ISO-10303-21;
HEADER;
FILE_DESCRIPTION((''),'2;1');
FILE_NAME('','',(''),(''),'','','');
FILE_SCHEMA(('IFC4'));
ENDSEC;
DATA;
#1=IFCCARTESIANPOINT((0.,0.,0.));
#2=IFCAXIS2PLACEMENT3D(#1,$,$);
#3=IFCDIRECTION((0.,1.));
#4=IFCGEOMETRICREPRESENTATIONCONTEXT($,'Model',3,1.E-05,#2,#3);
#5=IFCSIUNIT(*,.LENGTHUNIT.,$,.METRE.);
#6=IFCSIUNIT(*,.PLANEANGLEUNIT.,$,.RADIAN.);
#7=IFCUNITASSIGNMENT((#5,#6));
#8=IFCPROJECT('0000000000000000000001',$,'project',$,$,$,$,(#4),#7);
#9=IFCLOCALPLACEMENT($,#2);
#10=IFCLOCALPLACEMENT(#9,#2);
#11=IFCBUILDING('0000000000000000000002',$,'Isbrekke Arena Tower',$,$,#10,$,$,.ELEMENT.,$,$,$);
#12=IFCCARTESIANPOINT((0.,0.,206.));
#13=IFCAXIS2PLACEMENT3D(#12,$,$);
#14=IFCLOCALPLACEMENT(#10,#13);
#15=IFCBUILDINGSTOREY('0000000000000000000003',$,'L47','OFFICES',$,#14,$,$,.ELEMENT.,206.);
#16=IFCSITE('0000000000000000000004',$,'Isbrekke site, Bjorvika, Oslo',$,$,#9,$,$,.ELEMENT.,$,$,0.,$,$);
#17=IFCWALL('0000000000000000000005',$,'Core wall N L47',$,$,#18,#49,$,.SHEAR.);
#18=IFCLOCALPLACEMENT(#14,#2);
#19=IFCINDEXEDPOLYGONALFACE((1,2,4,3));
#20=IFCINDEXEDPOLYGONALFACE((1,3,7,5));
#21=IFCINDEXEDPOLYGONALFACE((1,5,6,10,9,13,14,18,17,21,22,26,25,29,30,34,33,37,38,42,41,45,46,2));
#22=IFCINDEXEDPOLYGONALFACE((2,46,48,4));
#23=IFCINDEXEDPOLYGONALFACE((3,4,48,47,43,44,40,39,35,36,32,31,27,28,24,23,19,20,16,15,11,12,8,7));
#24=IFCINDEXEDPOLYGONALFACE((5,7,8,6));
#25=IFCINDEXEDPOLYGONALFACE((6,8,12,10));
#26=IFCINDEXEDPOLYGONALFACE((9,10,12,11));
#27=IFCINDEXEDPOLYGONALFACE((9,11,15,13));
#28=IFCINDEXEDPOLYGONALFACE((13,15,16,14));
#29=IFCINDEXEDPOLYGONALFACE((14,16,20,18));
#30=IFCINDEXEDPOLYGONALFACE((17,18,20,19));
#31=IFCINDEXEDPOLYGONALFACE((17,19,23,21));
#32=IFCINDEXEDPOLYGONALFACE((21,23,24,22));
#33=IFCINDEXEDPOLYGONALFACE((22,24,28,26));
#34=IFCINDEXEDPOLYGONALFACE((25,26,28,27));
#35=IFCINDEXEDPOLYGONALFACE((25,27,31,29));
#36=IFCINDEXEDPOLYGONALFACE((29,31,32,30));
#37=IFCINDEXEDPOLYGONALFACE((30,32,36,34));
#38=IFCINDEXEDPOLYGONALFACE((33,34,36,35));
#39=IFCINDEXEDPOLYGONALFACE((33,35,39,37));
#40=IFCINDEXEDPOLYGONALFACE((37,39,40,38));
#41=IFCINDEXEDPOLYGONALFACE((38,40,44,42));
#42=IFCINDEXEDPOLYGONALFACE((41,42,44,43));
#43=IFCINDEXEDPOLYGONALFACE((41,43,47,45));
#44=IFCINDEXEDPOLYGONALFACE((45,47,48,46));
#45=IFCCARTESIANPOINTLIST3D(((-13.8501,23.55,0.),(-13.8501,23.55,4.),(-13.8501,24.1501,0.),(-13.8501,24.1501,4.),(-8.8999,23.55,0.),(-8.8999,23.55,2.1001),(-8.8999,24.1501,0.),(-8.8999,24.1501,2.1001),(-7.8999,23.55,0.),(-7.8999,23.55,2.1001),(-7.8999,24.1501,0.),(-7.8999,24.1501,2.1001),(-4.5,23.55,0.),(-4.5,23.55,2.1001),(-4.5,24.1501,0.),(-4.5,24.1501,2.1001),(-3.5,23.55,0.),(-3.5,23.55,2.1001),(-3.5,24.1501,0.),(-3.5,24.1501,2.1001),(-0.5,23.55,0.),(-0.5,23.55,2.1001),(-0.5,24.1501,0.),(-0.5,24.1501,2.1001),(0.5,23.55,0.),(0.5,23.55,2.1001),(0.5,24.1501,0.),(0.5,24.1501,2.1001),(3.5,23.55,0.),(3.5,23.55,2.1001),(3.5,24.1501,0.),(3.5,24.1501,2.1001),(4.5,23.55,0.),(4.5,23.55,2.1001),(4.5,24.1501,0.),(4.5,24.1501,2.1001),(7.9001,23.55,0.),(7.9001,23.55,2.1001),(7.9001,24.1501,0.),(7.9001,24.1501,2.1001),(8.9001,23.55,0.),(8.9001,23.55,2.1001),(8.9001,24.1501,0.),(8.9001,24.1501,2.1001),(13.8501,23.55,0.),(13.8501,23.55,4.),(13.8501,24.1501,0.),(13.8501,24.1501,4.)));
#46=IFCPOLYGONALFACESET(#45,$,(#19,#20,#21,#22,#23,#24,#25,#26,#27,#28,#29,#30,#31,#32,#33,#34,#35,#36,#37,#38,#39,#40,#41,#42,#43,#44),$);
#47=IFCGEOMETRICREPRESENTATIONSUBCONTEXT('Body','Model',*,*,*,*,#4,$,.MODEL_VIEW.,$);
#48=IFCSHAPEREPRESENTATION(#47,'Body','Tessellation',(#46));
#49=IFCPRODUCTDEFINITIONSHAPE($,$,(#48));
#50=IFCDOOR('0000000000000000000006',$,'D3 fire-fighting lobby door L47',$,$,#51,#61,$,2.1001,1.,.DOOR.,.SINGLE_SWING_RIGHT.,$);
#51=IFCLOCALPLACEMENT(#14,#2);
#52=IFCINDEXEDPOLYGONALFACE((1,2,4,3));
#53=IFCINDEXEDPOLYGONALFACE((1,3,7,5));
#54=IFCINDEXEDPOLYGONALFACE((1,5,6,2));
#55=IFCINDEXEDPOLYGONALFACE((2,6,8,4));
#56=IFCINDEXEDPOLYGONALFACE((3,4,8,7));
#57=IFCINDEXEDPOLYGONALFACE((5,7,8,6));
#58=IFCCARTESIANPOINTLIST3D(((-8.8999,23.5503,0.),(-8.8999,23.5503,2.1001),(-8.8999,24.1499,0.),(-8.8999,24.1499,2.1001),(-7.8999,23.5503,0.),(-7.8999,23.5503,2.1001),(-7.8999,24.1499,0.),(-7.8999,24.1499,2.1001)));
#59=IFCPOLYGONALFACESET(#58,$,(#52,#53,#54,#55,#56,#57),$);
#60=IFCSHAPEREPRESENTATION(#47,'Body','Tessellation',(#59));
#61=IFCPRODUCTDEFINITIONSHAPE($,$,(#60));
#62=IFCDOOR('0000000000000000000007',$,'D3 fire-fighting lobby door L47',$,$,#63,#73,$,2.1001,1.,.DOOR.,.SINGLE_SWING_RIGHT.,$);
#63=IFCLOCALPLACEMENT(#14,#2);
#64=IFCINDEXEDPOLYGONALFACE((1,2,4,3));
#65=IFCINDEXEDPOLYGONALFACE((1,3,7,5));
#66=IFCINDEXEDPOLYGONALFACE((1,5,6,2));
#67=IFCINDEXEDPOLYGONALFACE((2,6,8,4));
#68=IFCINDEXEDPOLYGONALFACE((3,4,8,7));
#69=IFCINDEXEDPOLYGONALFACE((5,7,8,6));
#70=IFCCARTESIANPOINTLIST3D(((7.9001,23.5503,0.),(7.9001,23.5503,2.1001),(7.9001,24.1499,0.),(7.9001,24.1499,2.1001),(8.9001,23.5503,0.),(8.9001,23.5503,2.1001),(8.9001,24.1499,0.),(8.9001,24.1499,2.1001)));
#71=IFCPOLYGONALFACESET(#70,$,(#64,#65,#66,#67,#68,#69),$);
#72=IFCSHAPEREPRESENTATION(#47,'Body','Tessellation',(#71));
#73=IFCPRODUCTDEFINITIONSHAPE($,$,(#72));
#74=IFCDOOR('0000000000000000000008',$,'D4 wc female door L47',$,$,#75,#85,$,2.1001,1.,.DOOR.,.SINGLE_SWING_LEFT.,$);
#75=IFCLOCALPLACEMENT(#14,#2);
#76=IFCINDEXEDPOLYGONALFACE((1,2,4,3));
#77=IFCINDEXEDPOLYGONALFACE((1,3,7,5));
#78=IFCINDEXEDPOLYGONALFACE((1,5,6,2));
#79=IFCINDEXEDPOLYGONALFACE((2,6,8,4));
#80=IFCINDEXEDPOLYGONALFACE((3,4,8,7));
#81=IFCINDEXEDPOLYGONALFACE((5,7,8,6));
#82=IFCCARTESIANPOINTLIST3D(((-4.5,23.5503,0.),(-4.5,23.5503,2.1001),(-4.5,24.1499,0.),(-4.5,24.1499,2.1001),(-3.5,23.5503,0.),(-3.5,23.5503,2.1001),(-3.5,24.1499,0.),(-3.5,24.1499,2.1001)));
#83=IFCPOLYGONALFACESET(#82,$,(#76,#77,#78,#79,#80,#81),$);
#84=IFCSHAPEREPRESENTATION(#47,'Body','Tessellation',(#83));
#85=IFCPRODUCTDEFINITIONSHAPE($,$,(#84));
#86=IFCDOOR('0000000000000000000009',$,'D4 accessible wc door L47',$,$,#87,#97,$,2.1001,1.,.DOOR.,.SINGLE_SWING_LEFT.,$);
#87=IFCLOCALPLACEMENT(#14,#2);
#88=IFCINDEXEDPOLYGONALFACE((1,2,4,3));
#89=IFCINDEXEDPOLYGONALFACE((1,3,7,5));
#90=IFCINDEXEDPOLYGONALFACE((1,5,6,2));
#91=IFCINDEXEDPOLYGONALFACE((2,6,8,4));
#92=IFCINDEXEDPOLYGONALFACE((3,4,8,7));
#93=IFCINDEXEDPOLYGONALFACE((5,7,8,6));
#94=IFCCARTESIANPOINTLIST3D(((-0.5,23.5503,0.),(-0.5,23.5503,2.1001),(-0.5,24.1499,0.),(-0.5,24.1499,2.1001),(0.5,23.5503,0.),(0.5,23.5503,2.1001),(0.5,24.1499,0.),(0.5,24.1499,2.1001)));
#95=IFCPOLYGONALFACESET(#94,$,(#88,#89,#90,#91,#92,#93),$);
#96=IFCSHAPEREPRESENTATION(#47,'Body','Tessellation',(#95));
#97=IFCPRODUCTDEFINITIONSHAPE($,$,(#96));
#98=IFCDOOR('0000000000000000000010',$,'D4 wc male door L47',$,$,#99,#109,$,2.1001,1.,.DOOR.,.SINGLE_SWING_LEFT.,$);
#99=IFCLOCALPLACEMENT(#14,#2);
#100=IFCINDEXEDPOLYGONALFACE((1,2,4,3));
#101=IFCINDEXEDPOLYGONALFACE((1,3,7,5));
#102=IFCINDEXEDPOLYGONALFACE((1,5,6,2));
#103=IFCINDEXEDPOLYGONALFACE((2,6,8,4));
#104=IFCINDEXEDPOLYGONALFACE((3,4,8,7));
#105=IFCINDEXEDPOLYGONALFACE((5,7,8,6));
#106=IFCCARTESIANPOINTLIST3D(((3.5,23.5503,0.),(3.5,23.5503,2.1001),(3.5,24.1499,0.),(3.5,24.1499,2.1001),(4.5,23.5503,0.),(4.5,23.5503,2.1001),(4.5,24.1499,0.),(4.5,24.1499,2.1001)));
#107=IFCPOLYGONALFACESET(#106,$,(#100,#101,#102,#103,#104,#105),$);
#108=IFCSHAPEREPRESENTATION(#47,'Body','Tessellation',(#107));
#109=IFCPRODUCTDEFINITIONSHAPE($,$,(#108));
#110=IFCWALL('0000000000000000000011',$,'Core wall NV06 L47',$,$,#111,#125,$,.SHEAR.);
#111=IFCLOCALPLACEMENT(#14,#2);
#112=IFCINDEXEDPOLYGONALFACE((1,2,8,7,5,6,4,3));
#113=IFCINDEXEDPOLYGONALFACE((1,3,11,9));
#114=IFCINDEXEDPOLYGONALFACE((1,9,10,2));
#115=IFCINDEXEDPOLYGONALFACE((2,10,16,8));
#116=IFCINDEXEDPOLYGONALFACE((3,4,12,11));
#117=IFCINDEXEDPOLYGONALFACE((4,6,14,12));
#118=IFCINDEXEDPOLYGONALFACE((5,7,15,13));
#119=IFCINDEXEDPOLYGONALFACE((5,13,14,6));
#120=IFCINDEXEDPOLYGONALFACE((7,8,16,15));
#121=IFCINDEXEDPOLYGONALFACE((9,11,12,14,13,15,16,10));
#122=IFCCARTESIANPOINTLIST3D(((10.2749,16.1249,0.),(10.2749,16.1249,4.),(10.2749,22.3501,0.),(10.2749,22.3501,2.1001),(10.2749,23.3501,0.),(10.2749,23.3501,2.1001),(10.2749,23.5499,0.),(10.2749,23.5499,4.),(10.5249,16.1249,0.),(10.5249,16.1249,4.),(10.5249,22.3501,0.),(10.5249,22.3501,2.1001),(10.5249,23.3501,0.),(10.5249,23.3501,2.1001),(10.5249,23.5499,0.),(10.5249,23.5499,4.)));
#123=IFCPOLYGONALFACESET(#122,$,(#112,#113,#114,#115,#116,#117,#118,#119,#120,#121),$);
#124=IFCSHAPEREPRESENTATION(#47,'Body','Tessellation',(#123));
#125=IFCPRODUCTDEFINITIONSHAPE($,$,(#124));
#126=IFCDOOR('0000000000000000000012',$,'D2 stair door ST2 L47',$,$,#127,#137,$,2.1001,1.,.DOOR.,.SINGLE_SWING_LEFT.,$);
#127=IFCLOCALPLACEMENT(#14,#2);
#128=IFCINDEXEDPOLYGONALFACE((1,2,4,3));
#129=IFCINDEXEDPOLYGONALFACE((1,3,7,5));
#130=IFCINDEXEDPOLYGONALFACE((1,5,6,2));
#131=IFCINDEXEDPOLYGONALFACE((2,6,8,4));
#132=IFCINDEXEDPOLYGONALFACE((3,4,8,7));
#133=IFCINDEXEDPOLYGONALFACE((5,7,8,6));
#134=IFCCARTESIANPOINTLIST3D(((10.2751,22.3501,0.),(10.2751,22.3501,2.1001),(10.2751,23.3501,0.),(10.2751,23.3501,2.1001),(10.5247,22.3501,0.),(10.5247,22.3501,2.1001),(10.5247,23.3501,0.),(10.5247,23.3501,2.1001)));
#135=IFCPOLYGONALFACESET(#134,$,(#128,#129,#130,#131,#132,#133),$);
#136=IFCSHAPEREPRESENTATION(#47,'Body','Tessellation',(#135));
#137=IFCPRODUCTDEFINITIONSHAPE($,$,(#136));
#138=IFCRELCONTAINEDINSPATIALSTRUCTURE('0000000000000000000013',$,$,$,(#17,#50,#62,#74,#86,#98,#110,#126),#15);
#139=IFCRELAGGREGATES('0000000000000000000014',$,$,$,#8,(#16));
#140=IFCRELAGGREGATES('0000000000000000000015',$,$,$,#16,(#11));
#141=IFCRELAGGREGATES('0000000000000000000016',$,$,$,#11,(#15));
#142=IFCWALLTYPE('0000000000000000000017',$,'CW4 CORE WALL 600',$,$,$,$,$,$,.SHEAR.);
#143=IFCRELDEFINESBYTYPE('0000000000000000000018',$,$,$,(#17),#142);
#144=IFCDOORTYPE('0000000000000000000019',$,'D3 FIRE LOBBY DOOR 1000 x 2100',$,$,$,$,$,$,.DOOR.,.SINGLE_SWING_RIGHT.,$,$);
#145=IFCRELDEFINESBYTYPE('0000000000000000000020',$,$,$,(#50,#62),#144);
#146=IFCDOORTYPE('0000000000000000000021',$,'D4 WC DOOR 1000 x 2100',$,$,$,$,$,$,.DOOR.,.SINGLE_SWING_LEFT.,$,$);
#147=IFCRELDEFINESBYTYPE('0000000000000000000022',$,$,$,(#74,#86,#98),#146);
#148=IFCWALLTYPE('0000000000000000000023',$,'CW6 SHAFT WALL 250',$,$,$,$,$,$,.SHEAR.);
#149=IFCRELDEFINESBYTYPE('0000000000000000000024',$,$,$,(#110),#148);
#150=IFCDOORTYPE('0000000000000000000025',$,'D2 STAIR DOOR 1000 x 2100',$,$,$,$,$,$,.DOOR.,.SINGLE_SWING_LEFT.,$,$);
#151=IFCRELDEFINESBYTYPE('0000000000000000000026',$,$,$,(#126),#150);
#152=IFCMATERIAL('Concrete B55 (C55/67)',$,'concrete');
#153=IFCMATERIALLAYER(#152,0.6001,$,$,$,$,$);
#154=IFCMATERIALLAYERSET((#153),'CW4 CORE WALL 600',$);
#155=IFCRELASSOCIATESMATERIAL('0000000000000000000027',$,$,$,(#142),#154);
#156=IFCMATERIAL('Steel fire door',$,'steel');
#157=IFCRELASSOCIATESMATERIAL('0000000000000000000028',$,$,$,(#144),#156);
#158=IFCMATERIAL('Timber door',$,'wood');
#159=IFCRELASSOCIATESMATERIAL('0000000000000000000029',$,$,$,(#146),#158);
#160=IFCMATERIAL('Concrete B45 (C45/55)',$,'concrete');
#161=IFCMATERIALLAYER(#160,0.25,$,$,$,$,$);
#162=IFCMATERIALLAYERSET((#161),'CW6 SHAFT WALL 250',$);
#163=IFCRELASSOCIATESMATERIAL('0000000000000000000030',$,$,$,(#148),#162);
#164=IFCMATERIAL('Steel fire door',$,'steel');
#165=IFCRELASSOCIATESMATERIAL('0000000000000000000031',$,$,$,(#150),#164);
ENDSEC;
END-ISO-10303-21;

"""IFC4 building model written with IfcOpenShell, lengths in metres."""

from ifc_helpers import new_model, si_unit, direction, frame, frame_2d, origin, place, context, subcontext, project, spatial, rectangle, extrude, material, layer, layer_set, type_object, element, fill, save


model = new_model("IFC4")

# Units and contexts
model_context = context("Model", 3, precision=1e-05, world=origin(), true_north=direction((0.0, 1.0)))
body_context = subcontext(model_context, "Body", "Model", "MODEL_VIEW")
ifc_project = project(units=[si_unit("LENGTHUNIT", "METRE"), si_unit("PLANEANGLEUNIT", "RADIAN")], contexts=[model_context])

# Site, building, storey
site_placement = place(None, origin())
site = spatial("IfcSite", under=ifc_project, at=site_placement, Name="Isbrekke site, Bjorvika, Oslo", CompositionType="ELEMENT", RefElevation=0.0)
building_placement = place(site_placement, origin())
building = spatial("IfcBuilding", under=site, at=building_placement, Name="Isbrekke Arena Tower", CompositionType="ELEMENT")
storey_placement = place(building_placement, frame((0.0, 0.0, 206.0)))
storey = spatial("IfcBuildingStorey", under=building, at=storey_placement, Name="L47", Description="OFFICES", CompositionType="ELEMENT", Elevation=206.0)

# Wall, openings, doors
ifc_material_1 = material(Name="Concrete B55 (C55/67)", Category="concrete")
ifc_layer_1 = layer(ifc_material_1, 0.6001)
ifc_layer_set_1 = layer_set([ifc_layer_1], Name="CW4 CORE WALL 600")
wall_type_1 = type_object("IfcWallType", Name="CW4 CORE WALL 600", PredefinedType="SHEAR", material=ifc_layer_set_1)
wall_1_placement = place(storey_placement, frame((13.8501, 23.8501, 0.0), z_axis=(0.0, 0.0, 1.0), x_axis=(-1.0, 0.0, 0.0)))
wall_1 = element("IfcWall", 1, at=wall_1_placement, inside=storey, type_object=wall_type_1, Name="Core wall N L47", PredefinedType="SHEAR", context=body_context, shape_type="SweptSolid", body=[
    extrude(rectangle(XDim=27.7002, YDim=0.6001, at=frame_2d((13.8501, 0.0))), origin(), (0.0, 0.0, 1.0), 4.0),
])
opening_1_placement = place(wall_1_placement, frame((21.75, 0.0, 0.0)))
opening_1 = element("IfcOpeningElement", 2, at=opening_1_placement, cuts=wall_1, PredefinedType="OPENING", context=body_context, shape_type="SweptSolid", body=[
    extrude(rectangle(XDim=1.0, YDim=2.1001, at=frame_2d((0.5, 1.05))), frame((0.0, 0.3149, 0.0), z_axis=(0.0, -1.0, 0.0), x_axis=(1.0, 0.0, 0.0)), (0.0, 0.0, 1.0), 0.6299),
])
opening_2_placement = place(wall_1_placement, frame((4.95, 0.0, 0.0)))
opening_2 = element("IfcOpeningElement", 3, at=opening_2_placement, cuts=wall_1, PredefinedType="OPENING", context=body_context, shape_type="SweptSolid", body=[
    extrude(rectangle(XDim=1.0, YDim=2.1001, at=frame_2d((0.5, 1.05))), frame((0.0, 0.3149, 0.0), z_axis=(0.0, -1.0, 0.0), x_axis=(1.0, 0.0, 0.0)), (0.0, 0.0, 1.0), 0.6299),
])
opening_3_placement = place(wall_1_placement, frame((17.3501, 0.0, 0.0)))
opening_3 = element("IfcOpeningElement", 4, at=opening_3_placement, cuts=wall_1, PredefinedType="OPENING", context=body_context, shape_type="SweptSolid", body=[
    extrude(rectangle(XDim=1.0, YDim=2.1001, at=frame_2d((0.5, 1.05))), frame((0.0, 0.3149, 0.0), z_axis=(0.0, -1.0, 0.0), x_axis=(1.0, 0.0, 0.0)), (0.0, 0.0, 1.0), 0.6299),
])
opening_4_placement = place(wall_1_placement, frame((13.3501, 0.0, 0.0)))
opening_4 = element("IfcOpeningElement", 5, at=opening_4_placement, cuts=wall_1, PredefinedType="OPENING", context=body_context, shape_type="SweptSolid", body=[
    extrude(rectangle(XDim=1.0, YDim=2.1001, at=frame_2d((0.5, 1.05))), frame((0.0, 0.3149, 0.0), z_axis=(0.0, -1.0, 0.0), x_axis=(1.0, 0.0, 0.0)), (0.0, 0.0, 1.0), 0.6299),
])
opening_5_placement = place(wall_1_placement, frame((9.3501, 0.0, 0.0)))
opening_5 = element("IfcOpeningElement", 6, at=opening_5_placement, cuts=wall_1, PredefinedType="OPENING", context=body_context, shape_type="SweptSolid", body=[
    extrude(rectangle(XDim=1.0, YDim=2.1001, at=frame_2d((0.5, 1.05))), frame((0.0, 0.3149, 0.0), z_axis=(0.0, -1.0, 0.0), x_axis=(1.0, 0.0, 0.0)), (0.0, 0.0, 1.0), 0.6299),
])
ifc_material_2 = material(Name="Steel fire door", Category="steel")
door_type_1 = type_object("IfcDoorType", Name="D3 FIRE LOBBY DOOR 1000 x 2100", OperationType="SINGLE_SWING_RIGHT", PredefinedType="DOOR", material=ifc_material_2)
door_1_placement = place(opening_1_placement, origin())
door_1 = element("IfcDoor", 7, at=door_1_placement, inside=storey, type_object=door_type_1, Name="D3 fire-fighting lobby door L47", OperationType="SINGLE_SWING_RIGHT", OverallHeight=2.1001, OverallWidth=1.0, PredefinedType="DOOR", context=body_context, shape_type="SweptSolid", body=[
    extrude(rectangle(XDim=1.0, YDim=2.1001, at=frame_2d((0.5, 1.05))), frame((0.0, 0.2998, 0.0), z_axis=(0.0, -1.0, 0.0), x_axis=(1.0, 0.0, 0.0)), (0.0, 0.0, 1.0), 0.5996),
])
fill(opening_1, door_1)
door_2_placement = place(opening_2_placement, origin())
door_2 = element("IfcDoor", 8, at=door_2_placement, inside=storey, type_object=door_type_1, Name="D3 fire-fighting lobby door L47", OperationType="SINGLE_SWING_RIGHT", OverallHeight=2.1001, OverallWidth=1.0, PredefinedType="DOOR", context=body_context, shape_type="SweptSolid", body=[
    extrude(rectangle(XDim=1.0, YDim=2.1001, at=frame_2d((0.5, 1.05))), frame((0.0, 0.2998, 0.0), z_axis=(0.0, -1.0, 0.0), x_axis=(1.0, 0.0, 0.0)), (0.0, 0.0, 1.0), 0.5996),
])
fill(opening_2, door_2)
ifc_material_3 = material(Name="Timber door", Category="wood")
door_type_2 = type_object("IfcDoorType", Name="D4 WC DOOR 1000 x 2100", OperationType="SINGLE_SWING_LEFT", PredefinedType="DOOR", material=ifc_material_3)
door_3_placement = place(opening_3_placement, origin())
door_3 = element("IfcDoor", 9, at=door_3_placement, inside=storey, type_object=door_type_2, Name="D4 wc female door L47", OperationType="SINGLE_SWING_LEFT", OverallHeight=2.1001, OverallWidth=1.0, PredefinedType="DOOR", context=body_context, shape_type="SweptSolid", body=[
    extrude(rectangle(XDim=1.0, YDim=2.1001, at=frame_2d((0.5, 1.05))), frame((0.0, 0.2998, 0.0), z_axis=(0.0, -1.0, 0.0), x_axis=(1.0, 0.0, 0.0)), (0.0, 0.0, 1.0), 0.5996),
])
fill(opening_3, door_3)
door_4_placement = place(opening_4_placement, origin())
door_4 = element("IfcDoor", 10, at=door_4_placement, inside=storey, type_object=door_type_2, Name="D4 accessible wc door L47", OperationType="SINGLE_SWING_LEFT", OverallHeight=2.1001, OverallWidth=1.0, PredefinedType="DOOR", context=body_context, shape_type="SweptSolid", body=[
    extrude(rectangle(XDim=1.0, YDim=2.1001, at=frame_2d((0.5, 1.05))), frame((0.0, 0.2998, 0.0), z_axis=(0.0, -1.0, 0.0), x_axis=(1.0, 0.0, 0.0)), (0.0, 0.0, 1.0), 0.5996),
])
fill(opening_4, door_4)
door_5_placement = place(opening_5_placement, origin())
door_5 = element("IfcDoor", 11, at=door_5_placement, inside=storey, type_object=door_type_2, Name="D4 wc male door L47", OperationType="SINGLE_SWING_LEFT", OverallHeight=2.1001, OverallWidth=1.0, PredefinedType="DOOR", context=body_context, shape_type="SweptSolid", body=[
    extrude(rectangle(XDim=1.0, YDim=2.1001, at=frame_2d((0.5, 1.05))), frame((0.0, 0.2998, 0.0), z_axis=(0.0, -1.0, 0.0), x_axis=(1.0, 0.0, 0.0)), (0.0, 0.0, 1.0), 0.5996),
])
fill(opening_5, door_5)

# Wall, opening, door
ifc_material_4 = material(Name="Concrete B45 (C45/55)", Category="concrete")
ifc_layer_2 = layer(ifc_material_4, 0.25)
ifc_layer_set_2 = layer_set([ifc_layer_2], Name="CW6 SHAFT WALL 250")
wall_type_2 = type_object("IfcWallType", Name="CW6 SHAFT WALL 250", PredefinedType="SHEAR", material=ifc_layer_set_2)
wall_2_placement = place(storey_placement, frame((10.3999, 16.125, 0.0), z_axis=(0.0, 0.0, 1.0), x_axis=(0.0, 1.0, 0.0)))
wall_2 = element("IfcWall", 12, at=wall_2_placement, inside=storey, type_object=wall_type_2, Name="Core wall NV06 L47", PredefinedType="SHEAR", context=body_context, shape_type="SweptSolid", body=[
    extrude(rectangle(XDim=7.425, YDim=0.25, at=frame_2d((3.7124, 0.0))), origin(), (0.0, 0.0, 1.0), 4.0),
])
opening_6_placement = place(wall_2_placement, frame((6.2251, 0.0, 0.0)))
opening_6 = element("IfcOpeningElement", 13, at=opening_6_placement, cuts=wall_2, PredefinedType="OPENING", context=body_context, shape_type="SweptSolid", body=[
    extrude(rectangle(XDim=1.0, YDim=2.1001, at=frame_2d((0.5, 1.05))), frame((0.0, 0.1399, 0.0), z_axis=(0.0, -1.0, 0.0), x_axis=(1.0, 0.0, 0.0)), (0.0, 0.0, 1.0), 0.2798),
])
ifc_material_5 = material(Name="Steel fire door", Category="steel")
door_type_3 = type_object("IfcDoorType", Name="D2 STAIR DOOR 1000 x 2100", OperationType="SINGLE_SWING_LEFT", PredefinedType="DOOR", material=ifc_material_5)
door_6_placement = place(opening_6_placement, origin())
door_6 = element("IfcDoor", 14, at=door_6_placement, inside=storey, type_object=door_type_3, Name="D2 stair door ST2 L47", OperationType="SINGLE_SWING_LEFT", OverallHeight=2.1001, OverallWidth=1.0, PredefinedType="DOOR", context=body_context, shape_type="SweptSolid", body=[
    extrude(rectangle(XDim=1.0, YDim=2.1001, at=frame_2d((0.5, 1.05))), frame((0.0, 0.1248, 0.0), z_axis=(0.0, -1.0, 0.0), x_axis=(1.0, 0.0, 0.0)), (0.0, 0.0, 1.0), 0.2495),
])
fill(opening_6, door_6)

save(model, "model.ifc")
